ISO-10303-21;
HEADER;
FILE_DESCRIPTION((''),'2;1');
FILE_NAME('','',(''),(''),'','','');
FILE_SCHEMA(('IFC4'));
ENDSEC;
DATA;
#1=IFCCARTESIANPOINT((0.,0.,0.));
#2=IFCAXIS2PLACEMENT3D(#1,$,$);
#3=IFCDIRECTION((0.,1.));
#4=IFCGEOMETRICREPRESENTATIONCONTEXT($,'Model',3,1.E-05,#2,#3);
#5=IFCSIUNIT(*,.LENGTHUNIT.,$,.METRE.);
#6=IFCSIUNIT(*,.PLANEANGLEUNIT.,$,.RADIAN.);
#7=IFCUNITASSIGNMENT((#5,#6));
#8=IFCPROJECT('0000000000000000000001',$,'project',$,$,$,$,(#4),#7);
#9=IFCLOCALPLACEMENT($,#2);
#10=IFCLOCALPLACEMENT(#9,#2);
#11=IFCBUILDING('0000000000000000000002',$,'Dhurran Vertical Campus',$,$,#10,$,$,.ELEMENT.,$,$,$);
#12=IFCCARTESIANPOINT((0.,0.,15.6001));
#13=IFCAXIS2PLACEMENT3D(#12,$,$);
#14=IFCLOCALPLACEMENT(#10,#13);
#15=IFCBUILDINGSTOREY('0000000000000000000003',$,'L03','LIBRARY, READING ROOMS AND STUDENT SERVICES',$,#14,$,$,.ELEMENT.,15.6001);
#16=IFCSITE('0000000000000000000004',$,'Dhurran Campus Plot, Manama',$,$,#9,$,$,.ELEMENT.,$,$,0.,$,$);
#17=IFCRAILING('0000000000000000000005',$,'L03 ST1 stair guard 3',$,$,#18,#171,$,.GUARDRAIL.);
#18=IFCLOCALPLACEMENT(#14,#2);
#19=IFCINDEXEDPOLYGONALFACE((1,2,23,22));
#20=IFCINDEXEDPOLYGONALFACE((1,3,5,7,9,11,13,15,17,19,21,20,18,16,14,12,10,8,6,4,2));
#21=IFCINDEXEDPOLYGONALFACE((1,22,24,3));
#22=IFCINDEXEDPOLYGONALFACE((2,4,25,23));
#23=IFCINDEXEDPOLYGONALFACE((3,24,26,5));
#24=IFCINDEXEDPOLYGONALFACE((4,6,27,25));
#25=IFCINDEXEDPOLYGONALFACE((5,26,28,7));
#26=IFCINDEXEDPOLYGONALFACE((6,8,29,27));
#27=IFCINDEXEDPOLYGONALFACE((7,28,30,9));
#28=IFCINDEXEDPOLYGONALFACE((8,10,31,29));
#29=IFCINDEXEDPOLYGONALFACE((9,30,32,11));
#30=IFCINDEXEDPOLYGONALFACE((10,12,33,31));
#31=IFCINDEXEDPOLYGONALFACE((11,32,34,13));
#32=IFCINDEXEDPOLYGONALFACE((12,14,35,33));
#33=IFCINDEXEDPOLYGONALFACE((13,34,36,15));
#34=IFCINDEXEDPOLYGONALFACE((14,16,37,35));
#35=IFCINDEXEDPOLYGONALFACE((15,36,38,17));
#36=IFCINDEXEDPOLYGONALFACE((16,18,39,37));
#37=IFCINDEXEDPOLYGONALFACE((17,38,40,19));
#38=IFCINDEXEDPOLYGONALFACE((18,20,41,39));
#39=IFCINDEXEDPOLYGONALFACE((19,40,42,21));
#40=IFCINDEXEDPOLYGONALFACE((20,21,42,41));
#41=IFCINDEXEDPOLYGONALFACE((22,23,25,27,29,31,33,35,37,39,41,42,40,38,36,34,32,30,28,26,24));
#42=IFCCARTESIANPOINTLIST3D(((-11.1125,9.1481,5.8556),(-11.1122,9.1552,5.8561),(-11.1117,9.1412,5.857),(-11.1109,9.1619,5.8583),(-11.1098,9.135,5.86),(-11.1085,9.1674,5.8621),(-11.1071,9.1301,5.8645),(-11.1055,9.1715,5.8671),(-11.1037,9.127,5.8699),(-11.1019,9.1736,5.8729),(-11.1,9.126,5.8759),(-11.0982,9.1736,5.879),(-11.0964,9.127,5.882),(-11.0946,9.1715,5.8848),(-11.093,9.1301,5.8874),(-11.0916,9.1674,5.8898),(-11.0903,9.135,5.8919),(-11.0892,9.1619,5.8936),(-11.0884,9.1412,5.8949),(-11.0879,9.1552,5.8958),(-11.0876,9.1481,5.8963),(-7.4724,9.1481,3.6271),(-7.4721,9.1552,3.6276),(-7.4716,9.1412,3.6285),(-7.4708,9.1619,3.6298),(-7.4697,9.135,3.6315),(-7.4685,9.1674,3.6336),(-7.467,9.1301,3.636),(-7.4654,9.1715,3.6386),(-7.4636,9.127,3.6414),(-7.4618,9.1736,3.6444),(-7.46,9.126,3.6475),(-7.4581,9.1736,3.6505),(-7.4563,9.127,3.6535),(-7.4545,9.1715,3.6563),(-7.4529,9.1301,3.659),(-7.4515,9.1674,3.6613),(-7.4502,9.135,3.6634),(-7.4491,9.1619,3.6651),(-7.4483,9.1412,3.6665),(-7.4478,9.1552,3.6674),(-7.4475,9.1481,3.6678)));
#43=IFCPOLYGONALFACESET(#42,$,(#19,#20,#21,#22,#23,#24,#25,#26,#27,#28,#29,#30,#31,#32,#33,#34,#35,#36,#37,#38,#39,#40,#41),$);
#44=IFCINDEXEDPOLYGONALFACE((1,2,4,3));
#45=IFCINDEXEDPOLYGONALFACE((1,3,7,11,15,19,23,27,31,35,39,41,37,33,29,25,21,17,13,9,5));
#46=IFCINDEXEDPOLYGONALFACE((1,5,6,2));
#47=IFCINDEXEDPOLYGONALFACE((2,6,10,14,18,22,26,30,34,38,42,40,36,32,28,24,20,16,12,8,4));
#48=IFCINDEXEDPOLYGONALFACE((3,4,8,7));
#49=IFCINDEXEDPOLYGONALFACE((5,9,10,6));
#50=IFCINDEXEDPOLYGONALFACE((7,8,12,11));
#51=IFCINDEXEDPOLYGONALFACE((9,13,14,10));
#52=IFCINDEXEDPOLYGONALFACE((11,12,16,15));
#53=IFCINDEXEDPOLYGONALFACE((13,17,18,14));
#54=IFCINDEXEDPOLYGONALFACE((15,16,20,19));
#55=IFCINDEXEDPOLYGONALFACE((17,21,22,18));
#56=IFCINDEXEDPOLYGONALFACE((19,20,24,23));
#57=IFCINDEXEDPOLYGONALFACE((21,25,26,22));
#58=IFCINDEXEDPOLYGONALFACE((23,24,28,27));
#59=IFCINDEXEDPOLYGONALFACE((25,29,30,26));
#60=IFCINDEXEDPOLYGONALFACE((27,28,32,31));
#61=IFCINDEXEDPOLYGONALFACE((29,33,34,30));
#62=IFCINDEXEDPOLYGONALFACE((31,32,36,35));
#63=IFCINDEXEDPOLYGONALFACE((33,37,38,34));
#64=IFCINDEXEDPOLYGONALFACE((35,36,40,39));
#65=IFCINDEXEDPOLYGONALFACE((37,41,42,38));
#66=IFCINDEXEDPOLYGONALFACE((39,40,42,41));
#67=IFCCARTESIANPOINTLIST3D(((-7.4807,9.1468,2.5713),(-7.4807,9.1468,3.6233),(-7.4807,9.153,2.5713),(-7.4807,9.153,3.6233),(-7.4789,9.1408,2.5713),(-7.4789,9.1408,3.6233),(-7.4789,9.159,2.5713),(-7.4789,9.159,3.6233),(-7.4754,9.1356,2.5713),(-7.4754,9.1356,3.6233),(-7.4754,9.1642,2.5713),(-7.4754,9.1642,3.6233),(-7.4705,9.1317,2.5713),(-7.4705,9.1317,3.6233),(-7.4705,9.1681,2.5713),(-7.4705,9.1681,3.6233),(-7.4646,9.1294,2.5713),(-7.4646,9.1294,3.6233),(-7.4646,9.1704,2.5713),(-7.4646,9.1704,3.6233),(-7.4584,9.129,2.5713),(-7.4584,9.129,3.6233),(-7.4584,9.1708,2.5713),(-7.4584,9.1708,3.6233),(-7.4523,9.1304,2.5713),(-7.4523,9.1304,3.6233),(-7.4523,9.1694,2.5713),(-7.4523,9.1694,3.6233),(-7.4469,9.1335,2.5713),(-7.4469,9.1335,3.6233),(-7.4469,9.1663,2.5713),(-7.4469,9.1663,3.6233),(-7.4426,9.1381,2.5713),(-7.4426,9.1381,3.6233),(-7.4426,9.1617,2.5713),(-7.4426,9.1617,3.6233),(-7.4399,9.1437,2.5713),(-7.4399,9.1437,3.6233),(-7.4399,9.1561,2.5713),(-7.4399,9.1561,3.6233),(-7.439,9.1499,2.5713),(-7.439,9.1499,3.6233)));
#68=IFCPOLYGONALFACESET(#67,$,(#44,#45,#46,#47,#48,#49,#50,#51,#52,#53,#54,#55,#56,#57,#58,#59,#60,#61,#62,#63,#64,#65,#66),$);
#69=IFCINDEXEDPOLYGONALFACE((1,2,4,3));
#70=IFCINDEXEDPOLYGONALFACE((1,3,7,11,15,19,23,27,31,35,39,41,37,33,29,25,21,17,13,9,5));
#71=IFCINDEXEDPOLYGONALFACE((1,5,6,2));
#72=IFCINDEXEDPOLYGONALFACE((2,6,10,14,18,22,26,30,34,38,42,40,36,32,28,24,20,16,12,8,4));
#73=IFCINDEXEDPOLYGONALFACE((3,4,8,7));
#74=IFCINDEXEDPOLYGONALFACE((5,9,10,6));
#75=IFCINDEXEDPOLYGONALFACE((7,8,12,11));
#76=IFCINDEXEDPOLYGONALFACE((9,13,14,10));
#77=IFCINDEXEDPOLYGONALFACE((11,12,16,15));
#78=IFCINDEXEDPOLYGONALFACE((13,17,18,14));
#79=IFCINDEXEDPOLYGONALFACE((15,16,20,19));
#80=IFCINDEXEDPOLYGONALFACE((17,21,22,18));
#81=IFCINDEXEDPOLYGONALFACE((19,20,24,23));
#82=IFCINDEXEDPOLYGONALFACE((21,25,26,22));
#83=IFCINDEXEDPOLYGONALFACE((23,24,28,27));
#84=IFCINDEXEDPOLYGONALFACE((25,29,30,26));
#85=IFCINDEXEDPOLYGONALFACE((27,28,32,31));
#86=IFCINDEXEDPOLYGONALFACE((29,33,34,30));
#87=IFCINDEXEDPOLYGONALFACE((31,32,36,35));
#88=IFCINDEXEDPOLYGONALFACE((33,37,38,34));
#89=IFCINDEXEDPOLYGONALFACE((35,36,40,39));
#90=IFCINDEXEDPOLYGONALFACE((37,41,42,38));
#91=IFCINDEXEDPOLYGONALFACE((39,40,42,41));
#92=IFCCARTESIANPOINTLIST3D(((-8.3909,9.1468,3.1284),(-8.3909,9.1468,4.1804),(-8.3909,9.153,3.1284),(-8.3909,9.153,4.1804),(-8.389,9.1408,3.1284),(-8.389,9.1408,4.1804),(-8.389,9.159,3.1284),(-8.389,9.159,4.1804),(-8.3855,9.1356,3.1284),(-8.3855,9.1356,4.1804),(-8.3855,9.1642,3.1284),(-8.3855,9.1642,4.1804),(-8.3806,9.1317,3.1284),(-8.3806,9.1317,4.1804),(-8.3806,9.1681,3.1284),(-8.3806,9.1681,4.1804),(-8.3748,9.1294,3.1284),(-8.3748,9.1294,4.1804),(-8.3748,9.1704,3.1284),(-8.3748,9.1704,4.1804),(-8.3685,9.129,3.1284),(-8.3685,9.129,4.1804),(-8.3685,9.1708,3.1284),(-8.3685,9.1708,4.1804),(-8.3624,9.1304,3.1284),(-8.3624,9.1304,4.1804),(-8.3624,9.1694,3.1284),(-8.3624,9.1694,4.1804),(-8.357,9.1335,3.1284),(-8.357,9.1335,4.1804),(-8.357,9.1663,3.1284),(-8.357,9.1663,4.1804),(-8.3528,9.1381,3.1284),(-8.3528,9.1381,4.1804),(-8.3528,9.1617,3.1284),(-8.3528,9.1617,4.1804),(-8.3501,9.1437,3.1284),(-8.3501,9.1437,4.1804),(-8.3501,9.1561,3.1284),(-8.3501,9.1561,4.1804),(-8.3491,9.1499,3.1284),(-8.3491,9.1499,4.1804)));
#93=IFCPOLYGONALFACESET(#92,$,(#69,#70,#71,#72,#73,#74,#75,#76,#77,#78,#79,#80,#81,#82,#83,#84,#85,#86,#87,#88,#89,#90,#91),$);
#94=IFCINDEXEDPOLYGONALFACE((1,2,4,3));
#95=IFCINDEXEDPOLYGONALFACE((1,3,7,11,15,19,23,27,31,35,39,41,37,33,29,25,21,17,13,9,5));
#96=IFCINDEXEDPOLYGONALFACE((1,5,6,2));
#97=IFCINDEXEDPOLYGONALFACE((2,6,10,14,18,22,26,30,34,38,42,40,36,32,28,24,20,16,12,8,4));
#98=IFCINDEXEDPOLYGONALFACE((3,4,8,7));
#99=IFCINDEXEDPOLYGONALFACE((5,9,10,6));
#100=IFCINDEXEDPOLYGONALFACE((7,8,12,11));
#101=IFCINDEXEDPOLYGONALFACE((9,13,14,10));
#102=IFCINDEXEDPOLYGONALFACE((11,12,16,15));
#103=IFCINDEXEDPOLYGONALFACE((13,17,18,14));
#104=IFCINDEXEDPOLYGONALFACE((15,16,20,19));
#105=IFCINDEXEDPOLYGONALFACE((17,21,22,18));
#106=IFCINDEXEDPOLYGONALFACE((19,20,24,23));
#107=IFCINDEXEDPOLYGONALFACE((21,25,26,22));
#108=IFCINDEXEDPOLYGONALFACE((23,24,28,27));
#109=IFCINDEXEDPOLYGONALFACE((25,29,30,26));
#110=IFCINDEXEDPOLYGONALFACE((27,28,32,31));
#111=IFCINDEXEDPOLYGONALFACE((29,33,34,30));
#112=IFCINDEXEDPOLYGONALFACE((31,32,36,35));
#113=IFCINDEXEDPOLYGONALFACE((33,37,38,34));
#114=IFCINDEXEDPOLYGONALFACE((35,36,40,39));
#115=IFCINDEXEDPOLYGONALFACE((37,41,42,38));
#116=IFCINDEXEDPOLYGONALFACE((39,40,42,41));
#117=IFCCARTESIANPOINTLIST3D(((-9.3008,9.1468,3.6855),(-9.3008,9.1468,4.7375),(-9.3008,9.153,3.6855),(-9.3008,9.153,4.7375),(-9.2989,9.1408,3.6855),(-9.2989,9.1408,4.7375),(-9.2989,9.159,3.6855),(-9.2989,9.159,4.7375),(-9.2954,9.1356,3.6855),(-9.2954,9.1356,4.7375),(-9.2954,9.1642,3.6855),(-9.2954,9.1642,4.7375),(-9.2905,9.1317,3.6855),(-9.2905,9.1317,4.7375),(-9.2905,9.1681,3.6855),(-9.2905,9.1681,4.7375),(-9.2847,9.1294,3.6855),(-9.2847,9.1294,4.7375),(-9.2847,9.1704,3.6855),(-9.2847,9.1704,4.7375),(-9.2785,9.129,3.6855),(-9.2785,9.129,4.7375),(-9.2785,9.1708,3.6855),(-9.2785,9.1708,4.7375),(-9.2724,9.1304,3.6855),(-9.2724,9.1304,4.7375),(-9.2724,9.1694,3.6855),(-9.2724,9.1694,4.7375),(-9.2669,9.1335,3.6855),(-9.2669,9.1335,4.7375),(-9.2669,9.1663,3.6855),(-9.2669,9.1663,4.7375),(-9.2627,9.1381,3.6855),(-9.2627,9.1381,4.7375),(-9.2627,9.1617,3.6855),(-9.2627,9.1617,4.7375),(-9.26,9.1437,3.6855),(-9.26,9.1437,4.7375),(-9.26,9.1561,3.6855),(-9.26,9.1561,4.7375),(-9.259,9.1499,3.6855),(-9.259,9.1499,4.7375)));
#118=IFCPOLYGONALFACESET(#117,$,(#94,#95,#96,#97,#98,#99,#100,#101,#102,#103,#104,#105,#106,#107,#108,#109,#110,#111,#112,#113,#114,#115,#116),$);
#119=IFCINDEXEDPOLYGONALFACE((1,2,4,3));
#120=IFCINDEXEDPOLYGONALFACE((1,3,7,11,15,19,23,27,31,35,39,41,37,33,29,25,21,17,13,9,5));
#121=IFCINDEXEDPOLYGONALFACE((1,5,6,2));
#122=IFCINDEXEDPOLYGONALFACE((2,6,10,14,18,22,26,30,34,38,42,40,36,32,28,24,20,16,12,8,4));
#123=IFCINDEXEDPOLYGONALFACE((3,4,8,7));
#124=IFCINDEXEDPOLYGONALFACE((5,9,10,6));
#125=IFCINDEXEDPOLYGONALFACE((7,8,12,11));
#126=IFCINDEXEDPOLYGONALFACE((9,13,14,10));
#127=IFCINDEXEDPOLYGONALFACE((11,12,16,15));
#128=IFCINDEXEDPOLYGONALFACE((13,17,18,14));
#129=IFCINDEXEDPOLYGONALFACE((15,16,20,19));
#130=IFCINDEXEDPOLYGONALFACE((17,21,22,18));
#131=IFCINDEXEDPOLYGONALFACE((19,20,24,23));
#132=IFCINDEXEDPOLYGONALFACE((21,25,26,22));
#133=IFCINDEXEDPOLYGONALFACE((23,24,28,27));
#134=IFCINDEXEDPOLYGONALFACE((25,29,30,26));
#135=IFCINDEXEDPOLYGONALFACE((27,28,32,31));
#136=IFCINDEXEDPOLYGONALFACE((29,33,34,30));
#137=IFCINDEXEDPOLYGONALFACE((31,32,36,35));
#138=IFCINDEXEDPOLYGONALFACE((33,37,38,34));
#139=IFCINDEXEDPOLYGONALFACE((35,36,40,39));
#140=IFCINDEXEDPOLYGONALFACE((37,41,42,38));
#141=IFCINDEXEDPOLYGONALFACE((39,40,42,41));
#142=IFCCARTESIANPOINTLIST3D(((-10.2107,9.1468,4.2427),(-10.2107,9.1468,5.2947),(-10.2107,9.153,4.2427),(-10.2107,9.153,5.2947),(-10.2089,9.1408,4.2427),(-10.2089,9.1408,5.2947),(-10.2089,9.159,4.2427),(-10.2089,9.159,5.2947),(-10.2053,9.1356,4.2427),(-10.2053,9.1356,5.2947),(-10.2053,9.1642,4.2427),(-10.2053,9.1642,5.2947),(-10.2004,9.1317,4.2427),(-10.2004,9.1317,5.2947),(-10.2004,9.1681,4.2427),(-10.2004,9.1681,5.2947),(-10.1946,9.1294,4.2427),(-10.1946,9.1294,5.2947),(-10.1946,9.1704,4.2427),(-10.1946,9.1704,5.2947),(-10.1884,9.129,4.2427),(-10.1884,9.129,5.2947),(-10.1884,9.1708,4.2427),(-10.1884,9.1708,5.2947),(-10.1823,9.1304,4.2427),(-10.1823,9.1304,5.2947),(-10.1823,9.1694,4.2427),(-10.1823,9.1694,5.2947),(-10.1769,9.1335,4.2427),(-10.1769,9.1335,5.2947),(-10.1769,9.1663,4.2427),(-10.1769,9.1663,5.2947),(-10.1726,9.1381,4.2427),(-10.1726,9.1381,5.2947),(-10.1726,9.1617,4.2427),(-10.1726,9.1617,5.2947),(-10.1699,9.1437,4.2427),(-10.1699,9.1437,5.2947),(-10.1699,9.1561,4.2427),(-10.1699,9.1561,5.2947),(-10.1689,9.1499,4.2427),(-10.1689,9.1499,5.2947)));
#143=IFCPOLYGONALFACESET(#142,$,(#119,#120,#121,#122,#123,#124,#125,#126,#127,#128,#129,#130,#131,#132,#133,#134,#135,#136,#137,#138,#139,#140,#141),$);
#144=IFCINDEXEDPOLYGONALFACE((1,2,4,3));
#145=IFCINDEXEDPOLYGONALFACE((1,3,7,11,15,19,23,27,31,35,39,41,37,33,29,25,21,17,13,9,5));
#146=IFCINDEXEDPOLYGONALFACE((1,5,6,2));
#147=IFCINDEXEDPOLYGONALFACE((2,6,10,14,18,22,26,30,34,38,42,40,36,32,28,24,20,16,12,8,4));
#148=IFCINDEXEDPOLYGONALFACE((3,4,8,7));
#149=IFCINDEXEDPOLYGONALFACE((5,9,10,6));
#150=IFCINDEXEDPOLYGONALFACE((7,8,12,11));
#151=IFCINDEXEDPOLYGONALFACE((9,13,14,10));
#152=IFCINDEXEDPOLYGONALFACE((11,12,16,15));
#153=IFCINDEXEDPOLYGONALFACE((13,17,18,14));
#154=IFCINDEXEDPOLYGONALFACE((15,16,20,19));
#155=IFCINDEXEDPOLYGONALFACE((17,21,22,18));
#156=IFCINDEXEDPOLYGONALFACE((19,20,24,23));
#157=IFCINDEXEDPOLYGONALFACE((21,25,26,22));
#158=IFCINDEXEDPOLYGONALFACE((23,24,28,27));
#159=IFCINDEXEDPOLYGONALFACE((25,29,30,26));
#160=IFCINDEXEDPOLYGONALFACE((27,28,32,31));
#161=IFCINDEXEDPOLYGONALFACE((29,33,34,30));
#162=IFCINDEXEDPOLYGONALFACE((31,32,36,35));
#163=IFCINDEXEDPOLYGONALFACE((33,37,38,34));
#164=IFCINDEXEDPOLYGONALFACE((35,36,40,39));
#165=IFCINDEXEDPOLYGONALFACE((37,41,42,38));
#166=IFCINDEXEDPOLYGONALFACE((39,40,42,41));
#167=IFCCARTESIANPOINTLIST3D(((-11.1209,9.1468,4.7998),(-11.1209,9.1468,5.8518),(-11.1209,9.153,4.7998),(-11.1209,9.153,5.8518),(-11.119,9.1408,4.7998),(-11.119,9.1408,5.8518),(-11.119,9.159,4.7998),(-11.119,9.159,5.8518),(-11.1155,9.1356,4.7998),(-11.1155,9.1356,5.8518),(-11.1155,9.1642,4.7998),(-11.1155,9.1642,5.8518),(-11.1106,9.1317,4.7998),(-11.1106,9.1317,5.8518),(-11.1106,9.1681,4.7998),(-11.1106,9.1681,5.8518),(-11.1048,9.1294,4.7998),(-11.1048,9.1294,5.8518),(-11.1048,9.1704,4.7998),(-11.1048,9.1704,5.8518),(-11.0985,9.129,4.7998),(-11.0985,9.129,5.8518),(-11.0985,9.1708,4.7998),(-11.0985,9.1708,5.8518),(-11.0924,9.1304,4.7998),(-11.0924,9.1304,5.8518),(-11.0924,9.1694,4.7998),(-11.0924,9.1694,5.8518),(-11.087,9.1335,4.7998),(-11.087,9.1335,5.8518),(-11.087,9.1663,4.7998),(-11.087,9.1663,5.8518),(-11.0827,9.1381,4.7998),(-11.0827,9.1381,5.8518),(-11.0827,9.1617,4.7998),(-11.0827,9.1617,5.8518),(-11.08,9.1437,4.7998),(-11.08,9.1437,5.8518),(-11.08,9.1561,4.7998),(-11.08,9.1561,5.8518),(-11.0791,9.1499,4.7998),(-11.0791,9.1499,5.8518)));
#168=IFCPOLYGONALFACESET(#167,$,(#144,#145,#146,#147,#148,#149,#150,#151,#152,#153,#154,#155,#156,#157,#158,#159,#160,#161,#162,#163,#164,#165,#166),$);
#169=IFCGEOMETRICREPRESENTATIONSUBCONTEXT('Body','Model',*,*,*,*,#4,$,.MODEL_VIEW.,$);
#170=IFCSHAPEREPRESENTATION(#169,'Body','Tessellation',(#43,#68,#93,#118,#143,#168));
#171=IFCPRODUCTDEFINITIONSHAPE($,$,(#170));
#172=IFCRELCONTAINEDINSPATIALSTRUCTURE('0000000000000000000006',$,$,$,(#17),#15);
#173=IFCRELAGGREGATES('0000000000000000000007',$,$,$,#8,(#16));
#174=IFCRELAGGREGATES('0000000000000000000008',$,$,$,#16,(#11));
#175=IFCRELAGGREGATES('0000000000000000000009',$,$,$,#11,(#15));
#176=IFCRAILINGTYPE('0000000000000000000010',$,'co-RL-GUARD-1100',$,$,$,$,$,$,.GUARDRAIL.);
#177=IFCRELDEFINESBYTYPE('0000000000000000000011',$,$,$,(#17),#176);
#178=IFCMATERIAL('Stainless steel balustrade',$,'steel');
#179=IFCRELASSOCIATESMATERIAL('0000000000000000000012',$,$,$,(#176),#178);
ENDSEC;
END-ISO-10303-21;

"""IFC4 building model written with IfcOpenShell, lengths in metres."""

from ifc_helpers import new_model, si_unit, direction, frame, origin, origin_2d, place, context, subcontext, project, spatial, circle, extrude, material, type_object, element, save


model = new_model("IFC4")

# Units and contexts
model_context = context("Model", 3, precision=1e-05, world=origin(), true_north=direction((0.0, 1.0)))
body_context = subcontext(model_context, "Body", "Model", "MODEL_VIEW")
ifc_project = project(units=[si_unit("LENGTHUNIT", "METRE"), si_unit("PLANEANGLEUNIT", "RADIAN")], contexts=[model_context])

# Site, building, storey
site_placement = place(None, origin())
site = spatial("IfcSite", under=ifc_project, at=site_placement, Name="Dhurran Campus Plot, Manama", CompositionType="ELEMENT", RefElevation=0.0)
building_placement = place(site_placement, origin())
building = spatial("IfcBuilding", under=site, at=building_placement, Name="Dhurran Vertical Campus", CompositionType="ELEMENT")
storey_placement = place(building_placement, frame((0.0, 0.0, 15.6001)))
storey = spatial("IfcBuildingStorey", under=building, at=storey_placement, Name="L03", Description="LIBRARY, READING ROOMS AND STUDENT SERVICES", CompositionType="ELEMENT", Elevation=15.6001)

# Railing
ifc_material_1 = material(Name="Stainless steel balustrade", Category="steel")
railing_type_1 = type_object("IfcRailingType", Name="co-RL-GUARD-1100", PredefinedType="GUARDRAIL", material=ifc_material_1)
railing_1_placement = place(storey_placement, frame((-7.46, 9.1499, 2.5713)))
element("IfcRailing", 1, at=railing_1_placement, inside=storey, type_object=railing_type_1, Name="L03 ST1 stair guard 3", PredefinedType="GUARDRAIL", context=body_context, shape_type="SweptSolid", body=[
    extrude(circle(Radius=0.0239, at=origin_2d()), frame((0.0, 0.0, 1.0762), z_axis=(-0.852866, 0.0, 0.52213), x_axis=(0.0, -1.0, 0.0)), (0.0, 0.0, 1.0), 4.2681),
    extrude(circle(Radius=0.021, at=origin_2d()), origin(), (0.0, 0.0, 1.0), 1.052),
    extrude(circle(Radius=0.021, at=origin_2d()), frame((-0.9102, 0.0, 0.5571)), (0.0, 0.0, 1.0), 1.052),
    extrude(circle(Radius=0.021, at=origin_2d()), frame((-1.8201, 0.0, 1.1143)), (0.0, 0.0, 1.0), 1.052),
    extrude(circle(Radius=0.021, at=origin_2d()), frame((-2.73, 0.0, 1.6714)), (0.0, 0.0, 1.0), 1.052),
    extrude(circle(Radius=0.021, at=origin_2d()), frame((-3.6401, 0.0, 2.2285)), (0.0, 0.0, 1.0), 1.052),
])

save(model, "model.ifc")
